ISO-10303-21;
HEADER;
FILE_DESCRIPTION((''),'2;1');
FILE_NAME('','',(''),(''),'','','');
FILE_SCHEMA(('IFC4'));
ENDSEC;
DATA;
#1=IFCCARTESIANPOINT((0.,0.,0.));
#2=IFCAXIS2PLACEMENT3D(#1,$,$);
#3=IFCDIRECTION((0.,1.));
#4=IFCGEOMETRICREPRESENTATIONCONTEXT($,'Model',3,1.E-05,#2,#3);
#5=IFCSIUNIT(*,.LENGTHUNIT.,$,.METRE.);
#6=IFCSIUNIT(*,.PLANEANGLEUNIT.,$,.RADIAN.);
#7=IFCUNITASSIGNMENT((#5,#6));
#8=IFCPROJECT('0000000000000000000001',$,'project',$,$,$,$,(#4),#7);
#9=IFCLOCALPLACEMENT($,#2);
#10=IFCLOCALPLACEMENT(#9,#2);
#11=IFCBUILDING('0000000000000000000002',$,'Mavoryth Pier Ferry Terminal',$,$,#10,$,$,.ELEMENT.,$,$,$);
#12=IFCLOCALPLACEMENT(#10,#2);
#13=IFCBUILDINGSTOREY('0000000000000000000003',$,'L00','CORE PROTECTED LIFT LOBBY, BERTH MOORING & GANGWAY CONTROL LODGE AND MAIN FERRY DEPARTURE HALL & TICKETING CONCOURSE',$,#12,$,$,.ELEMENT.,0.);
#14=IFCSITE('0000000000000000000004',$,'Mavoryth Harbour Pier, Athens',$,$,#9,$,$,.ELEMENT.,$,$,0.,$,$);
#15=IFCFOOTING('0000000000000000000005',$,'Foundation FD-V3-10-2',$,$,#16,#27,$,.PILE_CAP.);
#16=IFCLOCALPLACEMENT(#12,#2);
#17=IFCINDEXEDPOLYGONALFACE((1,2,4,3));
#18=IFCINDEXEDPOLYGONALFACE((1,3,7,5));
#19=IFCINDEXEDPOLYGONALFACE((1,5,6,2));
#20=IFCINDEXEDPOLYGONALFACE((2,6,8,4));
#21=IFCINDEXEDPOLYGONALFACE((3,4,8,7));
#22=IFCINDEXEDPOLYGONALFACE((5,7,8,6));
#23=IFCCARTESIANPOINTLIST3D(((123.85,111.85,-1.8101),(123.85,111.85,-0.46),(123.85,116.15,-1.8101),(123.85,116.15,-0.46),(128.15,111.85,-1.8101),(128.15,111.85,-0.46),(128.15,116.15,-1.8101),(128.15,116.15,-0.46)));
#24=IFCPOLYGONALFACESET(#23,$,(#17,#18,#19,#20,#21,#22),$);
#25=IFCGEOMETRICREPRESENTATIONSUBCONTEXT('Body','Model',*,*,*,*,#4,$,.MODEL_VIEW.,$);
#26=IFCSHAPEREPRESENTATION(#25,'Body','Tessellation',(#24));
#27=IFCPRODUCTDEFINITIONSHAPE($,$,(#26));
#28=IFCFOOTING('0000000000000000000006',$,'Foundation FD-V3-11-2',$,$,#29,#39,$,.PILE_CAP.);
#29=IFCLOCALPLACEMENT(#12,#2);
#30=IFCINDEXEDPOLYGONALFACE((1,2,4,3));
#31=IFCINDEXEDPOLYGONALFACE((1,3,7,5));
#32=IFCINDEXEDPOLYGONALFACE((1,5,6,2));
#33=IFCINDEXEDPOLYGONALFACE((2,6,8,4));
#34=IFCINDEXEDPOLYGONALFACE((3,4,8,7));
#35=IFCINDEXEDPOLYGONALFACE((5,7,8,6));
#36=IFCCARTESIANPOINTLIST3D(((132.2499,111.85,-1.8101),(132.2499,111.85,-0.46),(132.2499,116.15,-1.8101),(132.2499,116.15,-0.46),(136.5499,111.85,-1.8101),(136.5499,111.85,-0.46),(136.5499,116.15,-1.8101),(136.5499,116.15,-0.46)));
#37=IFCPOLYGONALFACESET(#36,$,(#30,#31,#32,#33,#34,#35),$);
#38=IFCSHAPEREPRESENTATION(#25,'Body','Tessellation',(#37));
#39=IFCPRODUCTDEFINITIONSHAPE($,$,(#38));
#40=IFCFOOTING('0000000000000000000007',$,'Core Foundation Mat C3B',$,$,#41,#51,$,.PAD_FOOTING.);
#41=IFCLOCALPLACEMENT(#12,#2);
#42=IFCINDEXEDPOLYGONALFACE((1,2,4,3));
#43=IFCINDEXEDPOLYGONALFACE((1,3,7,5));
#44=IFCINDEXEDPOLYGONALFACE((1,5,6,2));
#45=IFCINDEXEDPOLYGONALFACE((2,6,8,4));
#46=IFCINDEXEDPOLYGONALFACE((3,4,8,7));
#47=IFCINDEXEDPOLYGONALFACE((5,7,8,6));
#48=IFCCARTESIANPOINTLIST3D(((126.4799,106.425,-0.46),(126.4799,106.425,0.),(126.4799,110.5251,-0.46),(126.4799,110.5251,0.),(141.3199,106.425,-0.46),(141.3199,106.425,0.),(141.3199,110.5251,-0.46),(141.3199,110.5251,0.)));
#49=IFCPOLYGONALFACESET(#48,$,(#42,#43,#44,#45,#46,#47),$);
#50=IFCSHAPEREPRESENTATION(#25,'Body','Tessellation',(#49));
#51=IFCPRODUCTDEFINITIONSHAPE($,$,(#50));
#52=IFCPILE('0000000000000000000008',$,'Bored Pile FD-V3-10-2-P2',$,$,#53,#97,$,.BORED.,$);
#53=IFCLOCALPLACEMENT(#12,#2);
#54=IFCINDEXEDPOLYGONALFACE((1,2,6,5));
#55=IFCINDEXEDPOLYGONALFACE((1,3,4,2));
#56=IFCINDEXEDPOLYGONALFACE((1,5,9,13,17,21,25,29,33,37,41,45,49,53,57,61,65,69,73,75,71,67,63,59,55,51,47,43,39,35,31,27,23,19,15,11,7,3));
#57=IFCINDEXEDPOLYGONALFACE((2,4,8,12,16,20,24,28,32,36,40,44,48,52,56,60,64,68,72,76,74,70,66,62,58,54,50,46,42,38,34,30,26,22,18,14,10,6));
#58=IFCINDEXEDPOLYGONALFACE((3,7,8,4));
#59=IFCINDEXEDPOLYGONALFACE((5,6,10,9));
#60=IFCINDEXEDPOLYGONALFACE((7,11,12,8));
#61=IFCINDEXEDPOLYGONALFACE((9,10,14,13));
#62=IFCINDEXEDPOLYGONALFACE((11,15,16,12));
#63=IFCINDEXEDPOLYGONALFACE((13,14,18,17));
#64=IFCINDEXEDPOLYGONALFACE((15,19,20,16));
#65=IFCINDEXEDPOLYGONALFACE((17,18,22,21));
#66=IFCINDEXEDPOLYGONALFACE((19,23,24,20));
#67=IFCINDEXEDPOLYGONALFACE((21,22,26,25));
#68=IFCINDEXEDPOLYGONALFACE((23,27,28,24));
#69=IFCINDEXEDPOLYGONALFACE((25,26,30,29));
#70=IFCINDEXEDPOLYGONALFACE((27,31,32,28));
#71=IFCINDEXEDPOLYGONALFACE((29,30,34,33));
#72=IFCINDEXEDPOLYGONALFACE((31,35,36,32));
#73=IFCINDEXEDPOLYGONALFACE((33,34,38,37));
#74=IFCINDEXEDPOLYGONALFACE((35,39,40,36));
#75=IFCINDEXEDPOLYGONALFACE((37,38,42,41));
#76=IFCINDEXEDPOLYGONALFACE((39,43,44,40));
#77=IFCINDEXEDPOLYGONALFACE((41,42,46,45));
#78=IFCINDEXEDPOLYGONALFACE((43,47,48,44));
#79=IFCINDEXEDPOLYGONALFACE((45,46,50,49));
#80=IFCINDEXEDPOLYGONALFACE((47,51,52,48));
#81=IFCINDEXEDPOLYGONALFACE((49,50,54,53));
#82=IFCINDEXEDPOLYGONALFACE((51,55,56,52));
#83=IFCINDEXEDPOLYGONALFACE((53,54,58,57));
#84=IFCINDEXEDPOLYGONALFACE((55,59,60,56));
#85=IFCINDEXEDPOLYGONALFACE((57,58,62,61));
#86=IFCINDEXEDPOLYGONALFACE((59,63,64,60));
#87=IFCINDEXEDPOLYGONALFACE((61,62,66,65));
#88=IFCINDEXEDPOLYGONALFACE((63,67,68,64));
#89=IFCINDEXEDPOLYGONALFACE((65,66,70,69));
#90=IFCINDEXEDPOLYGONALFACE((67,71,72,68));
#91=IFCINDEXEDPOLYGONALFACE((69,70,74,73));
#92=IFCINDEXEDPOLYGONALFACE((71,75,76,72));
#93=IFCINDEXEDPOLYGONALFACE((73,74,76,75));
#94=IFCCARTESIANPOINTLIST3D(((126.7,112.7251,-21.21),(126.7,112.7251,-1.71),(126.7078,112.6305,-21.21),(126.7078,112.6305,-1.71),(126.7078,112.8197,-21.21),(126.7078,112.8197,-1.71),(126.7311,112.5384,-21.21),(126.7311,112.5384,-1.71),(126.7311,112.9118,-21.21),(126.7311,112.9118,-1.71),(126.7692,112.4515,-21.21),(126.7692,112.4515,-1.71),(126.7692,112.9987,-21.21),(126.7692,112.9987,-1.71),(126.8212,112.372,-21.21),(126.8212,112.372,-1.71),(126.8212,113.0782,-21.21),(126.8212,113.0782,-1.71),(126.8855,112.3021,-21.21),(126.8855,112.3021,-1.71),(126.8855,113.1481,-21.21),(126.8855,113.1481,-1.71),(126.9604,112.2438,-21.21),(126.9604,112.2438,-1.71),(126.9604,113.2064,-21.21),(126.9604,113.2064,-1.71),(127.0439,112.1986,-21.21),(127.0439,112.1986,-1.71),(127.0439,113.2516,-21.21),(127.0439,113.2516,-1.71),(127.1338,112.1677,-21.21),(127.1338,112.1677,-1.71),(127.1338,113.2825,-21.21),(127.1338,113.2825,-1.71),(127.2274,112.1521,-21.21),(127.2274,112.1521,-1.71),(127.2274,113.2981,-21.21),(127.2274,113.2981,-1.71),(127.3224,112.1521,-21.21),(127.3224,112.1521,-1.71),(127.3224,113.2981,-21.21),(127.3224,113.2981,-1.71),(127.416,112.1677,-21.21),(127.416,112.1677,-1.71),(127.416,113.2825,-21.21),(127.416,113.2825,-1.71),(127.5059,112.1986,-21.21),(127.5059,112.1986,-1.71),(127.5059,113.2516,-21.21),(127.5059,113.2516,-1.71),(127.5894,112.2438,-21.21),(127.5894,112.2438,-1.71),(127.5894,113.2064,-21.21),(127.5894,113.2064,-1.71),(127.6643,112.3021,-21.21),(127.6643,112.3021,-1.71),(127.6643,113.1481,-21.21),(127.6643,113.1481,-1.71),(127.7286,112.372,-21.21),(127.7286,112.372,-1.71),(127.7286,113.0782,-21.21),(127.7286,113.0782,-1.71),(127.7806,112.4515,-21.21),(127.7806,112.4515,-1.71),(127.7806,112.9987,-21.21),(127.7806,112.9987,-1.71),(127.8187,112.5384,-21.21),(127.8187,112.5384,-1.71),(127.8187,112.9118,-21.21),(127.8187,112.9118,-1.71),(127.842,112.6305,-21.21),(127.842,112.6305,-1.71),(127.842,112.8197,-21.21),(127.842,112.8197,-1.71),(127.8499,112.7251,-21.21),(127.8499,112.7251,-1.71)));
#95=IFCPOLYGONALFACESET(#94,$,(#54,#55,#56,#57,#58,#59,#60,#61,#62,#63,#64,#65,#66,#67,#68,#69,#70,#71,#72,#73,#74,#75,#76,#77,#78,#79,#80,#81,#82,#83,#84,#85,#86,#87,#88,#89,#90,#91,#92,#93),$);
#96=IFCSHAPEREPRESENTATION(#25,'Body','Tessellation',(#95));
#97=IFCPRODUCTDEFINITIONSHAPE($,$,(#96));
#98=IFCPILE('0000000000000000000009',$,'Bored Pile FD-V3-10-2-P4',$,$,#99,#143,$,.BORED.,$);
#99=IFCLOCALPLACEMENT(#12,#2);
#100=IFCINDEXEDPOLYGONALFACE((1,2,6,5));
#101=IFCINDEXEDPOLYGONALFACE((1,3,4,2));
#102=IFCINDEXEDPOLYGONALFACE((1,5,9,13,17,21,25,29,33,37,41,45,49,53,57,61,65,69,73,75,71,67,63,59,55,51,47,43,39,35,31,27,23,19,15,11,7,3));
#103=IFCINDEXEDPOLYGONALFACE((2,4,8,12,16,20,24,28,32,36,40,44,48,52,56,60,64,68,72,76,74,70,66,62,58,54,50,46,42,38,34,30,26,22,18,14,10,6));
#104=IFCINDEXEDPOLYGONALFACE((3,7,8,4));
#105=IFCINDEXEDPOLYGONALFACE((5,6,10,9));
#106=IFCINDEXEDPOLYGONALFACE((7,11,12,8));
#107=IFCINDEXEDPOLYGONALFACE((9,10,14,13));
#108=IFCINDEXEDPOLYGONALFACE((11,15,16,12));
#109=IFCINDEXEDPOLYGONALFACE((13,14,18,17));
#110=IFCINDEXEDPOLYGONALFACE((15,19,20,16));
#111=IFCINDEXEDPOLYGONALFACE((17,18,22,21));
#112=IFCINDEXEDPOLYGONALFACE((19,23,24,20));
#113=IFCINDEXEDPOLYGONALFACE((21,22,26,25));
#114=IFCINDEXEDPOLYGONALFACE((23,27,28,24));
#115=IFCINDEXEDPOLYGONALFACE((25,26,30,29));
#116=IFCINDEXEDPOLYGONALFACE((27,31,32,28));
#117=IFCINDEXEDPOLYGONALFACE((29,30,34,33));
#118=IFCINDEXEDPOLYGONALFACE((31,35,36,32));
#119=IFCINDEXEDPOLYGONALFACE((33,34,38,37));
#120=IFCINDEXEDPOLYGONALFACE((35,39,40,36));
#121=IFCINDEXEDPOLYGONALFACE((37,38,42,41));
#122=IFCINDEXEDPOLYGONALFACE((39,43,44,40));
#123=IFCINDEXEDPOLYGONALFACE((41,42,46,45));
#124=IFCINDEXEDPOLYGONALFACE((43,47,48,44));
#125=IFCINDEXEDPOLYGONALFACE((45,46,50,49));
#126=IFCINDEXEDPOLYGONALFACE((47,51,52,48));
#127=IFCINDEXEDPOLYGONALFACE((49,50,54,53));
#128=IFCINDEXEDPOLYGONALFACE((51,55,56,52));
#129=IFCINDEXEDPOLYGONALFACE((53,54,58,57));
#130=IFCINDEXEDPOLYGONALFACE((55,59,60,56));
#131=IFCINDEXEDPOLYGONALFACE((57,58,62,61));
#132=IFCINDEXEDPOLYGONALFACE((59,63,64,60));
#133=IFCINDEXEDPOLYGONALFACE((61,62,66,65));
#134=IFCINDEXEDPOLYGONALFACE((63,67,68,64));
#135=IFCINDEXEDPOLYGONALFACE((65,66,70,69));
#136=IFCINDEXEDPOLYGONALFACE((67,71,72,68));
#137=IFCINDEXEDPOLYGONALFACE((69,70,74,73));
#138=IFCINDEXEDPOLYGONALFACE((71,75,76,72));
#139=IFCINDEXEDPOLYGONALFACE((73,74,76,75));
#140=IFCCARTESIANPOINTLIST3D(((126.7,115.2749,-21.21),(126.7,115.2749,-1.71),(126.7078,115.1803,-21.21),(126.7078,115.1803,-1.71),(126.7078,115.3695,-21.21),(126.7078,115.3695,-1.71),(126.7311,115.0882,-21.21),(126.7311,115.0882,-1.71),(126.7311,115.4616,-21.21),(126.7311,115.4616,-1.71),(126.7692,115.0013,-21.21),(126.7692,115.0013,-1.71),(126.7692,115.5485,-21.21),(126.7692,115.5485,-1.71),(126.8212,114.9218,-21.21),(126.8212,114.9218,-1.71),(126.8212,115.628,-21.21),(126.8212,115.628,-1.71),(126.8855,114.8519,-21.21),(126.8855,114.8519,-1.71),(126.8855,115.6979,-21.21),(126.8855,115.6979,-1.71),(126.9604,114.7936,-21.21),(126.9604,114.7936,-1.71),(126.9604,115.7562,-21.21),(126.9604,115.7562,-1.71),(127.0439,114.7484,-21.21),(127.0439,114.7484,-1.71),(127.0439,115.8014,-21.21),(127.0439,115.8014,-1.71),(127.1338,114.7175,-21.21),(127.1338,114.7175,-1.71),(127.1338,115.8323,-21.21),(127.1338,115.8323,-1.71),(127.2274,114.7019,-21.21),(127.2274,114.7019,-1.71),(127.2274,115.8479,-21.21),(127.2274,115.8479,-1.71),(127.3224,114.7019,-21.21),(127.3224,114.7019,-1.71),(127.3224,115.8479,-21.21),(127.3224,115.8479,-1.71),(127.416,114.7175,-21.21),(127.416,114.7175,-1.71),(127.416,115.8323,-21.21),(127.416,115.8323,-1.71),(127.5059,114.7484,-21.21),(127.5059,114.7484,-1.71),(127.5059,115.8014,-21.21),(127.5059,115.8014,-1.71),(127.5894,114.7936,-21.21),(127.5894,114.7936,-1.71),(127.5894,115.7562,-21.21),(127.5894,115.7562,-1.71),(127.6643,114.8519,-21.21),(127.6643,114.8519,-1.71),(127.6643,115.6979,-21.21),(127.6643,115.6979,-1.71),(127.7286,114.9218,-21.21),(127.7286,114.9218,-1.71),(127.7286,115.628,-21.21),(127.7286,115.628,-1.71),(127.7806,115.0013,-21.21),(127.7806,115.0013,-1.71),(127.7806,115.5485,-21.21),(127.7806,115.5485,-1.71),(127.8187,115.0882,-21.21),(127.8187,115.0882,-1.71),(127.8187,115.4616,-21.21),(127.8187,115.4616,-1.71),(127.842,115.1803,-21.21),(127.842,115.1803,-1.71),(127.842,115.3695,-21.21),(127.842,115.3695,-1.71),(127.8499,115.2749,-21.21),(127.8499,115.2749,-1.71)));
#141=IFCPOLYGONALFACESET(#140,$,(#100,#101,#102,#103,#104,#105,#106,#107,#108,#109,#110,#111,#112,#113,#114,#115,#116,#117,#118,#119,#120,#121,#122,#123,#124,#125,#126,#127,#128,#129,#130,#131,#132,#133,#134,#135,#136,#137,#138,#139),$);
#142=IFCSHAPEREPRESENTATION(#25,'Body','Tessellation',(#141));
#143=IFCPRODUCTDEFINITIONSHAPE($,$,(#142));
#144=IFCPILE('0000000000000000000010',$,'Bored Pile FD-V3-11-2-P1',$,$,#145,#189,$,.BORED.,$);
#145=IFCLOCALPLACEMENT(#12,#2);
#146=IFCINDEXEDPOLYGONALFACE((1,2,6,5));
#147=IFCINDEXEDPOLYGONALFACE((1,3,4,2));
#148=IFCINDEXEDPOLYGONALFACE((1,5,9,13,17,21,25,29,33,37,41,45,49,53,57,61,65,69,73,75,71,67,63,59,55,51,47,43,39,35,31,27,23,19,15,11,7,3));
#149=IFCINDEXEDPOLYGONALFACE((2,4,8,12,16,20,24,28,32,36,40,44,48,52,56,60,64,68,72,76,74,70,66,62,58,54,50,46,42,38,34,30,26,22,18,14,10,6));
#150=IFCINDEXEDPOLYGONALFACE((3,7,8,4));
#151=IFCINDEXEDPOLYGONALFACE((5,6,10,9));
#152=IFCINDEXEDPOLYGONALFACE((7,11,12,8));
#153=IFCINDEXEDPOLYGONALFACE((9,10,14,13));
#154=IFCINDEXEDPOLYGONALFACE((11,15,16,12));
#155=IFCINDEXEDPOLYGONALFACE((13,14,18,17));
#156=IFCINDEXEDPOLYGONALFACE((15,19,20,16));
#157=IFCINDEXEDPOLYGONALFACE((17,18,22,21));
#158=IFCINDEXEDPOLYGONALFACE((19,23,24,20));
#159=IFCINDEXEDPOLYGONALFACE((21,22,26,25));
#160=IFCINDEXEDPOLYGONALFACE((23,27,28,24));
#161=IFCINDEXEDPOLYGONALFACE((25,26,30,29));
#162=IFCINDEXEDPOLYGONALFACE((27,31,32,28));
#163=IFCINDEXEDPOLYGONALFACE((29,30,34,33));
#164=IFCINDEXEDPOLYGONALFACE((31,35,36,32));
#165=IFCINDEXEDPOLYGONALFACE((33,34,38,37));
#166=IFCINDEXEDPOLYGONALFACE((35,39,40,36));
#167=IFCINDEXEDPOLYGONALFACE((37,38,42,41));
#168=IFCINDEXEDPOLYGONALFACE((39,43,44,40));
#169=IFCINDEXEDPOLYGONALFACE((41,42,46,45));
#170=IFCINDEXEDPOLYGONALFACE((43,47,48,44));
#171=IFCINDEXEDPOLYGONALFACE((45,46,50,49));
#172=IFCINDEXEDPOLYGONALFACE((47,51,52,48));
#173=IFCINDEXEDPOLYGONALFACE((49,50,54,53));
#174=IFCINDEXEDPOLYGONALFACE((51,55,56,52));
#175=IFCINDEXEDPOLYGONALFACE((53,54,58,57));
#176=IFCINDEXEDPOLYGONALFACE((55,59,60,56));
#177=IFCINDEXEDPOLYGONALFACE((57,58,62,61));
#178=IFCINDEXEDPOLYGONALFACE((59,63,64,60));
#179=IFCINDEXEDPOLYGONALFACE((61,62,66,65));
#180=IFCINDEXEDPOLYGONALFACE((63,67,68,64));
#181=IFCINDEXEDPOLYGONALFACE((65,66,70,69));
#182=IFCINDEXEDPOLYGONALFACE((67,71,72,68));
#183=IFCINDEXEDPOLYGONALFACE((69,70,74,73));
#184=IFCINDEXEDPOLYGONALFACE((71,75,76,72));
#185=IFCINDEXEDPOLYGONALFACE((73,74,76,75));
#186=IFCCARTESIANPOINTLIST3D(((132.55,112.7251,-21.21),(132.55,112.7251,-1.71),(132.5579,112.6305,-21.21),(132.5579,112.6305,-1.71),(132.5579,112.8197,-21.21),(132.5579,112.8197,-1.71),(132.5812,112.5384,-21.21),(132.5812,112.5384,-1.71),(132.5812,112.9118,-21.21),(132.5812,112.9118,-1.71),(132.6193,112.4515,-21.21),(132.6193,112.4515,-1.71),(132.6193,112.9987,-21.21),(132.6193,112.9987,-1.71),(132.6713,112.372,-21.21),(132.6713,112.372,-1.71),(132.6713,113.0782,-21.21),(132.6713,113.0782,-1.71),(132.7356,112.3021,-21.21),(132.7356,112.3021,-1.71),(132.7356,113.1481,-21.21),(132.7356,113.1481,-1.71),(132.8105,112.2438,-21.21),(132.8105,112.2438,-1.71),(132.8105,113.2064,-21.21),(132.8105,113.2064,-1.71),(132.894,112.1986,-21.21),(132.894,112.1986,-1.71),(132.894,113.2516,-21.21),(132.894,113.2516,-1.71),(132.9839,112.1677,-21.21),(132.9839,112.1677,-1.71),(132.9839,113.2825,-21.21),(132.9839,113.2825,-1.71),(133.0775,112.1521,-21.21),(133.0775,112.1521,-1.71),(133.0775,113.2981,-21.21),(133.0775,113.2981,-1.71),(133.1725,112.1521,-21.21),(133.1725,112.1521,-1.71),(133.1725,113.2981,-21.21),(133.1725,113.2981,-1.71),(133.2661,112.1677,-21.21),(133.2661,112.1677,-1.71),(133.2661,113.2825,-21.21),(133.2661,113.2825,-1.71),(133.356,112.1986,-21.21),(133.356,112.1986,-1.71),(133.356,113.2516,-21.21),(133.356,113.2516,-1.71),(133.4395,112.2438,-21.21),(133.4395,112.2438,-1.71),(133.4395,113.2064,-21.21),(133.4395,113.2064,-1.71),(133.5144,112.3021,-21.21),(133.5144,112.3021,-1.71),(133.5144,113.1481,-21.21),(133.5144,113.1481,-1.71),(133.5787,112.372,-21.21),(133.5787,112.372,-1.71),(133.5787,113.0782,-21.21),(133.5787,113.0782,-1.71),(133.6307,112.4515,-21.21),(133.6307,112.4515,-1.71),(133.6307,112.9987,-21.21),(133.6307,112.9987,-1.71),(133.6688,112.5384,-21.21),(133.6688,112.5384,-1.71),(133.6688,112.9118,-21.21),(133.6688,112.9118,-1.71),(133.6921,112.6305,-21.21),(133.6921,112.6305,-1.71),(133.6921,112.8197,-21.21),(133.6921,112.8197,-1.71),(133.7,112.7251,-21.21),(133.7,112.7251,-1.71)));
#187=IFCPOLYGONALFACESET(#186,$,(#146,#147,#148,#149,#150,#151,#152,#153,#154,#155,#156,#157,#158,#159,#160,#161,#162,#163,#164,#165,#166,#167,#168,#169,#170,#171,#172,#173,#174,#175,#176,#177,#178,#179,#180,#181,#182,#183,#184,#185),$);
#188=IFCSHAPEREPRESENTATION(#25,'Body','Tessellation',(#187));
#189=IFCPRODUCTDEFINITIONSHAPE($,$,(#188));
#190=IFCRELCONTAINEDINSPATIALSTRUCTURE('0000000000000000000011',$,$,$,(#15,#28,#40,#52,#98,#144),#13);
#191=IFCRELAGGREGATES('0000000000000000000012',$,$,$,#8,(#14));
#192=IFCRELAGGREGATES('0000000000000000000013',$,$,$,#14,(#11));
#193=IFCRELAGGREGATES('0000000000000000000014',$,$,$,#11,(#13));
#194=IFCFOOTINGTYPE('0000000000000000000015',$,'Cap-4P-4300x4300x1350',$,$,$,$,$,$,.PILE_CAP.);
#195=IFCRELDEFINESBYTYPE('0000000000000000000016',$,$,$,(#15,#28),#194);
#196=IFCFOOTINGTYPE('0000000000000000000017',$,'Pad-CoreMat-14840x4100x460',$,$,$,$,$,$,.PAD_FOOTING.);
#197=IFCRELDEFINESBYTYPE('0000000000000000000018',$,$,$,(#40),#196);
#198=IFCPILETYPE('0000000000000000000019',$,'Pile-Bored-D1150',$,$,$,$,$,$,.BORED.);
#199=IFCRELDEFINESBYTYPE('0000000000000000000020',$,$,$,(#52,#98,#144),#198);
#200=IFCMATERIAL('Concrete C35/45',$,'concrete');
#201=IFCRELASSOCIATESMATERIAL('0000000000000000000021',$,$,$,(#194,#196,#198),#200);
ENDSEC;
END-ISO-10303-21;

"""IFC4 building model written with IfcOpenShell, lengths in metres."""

from ifc_helpers import new_model, si_unit, direction, frame, origin, origin_2d, place, context, subcontext, project, spatial, rectangle, circle, extrude, material, material_profile, profile_set, type_object, element, save


model = new_model("IFC4")

# Units and contexts
model_context = context("Model", 3, precision=1e-05, world=origin(), true_north=direction((0.0, 1.0)))
body_context = subcontext(model_context, "Body", "Model", "MODEL_VIEW")
ifc_project = project(units=[si_unit("LENGTHUNIT", "METRE"), si_unit("PLANEANGLEUNIT", "RADIAN")], contexts=[model_context])

# Site, building, storey
site_placement = place(None, origin())
site = spatial("IfcSite", under=ifc_project, at=site_placement, Name="Mavoryth Harbour Pier, Athens", CompositionType="ELEMENT", RefElevation=0.0)
building_placement = place(site_placement, origin())
building = spatial("IfcBuilding", under=site, at=building_placement, Name="Mavoryth Pier Ferry Terminal", CompositionType="ELEMENT")
storey_placement = place(building_placement, origin())
storey = spatial("IfcBuildingStorey", under=building, at=storey_placement, Name="L00", Description="CORE PROTECTED LIFT LOBBY, BERTH MOORING & GANGWAY CONTROL LODGE AND MAIN FERRY DEPARTURE HALL & TICKETING CONCOURSE", CompositionType="ELEMENT", Elevation=0.0)

# Footings
ifc_material_1 = material(Name="Concrete C35/45", Category="concrete")
footing_type_1 = type_object("IfcFootingType", Name="Cap-4P-4300x4300x1350", PredefinedType="PILE_CAP", material=ifc_material_1)
for number, where, z_axis, x_axis, name in (
    (1, (126.0, 114.0, -1.8101), (0.0, 0.0, 1.0), (1.0, 0.0, 0.0), "Foundation FD-V3-10-2"),
    (2, (134.3999, 114.0, -1.8101), (0.0, 0.0, 1.0), (1.0, 0.0, 0.0), "Foundation FD-V3-11-2"),
):
    element("IfcFooting", number, at=place(storey_placement, frame(where, z_axis=z_axis, x_axis=x_axis)), inside=storey, type_object=footing_type_1, Name=name, PredefinedType="PILE_CAP", context=body_context, shape_type="SweptSolid", body=[
        extrude(rectangle(XDim=4.3, YDim=4.3, at=origin_2d()), origin(), (0.0, 0.0, 1.0), 1.3501),
    ])
footing_type_2 = type_object("IfcFootingType", Name="Pad-CoreMat-14840x4100x460", PredefinedType="PAD_FOOTING", material=ifc_material_1)
footing_1_placement = place(storey_placement, frame((133.8999, 108.4751, -0.46), z_axis=(0.0, 0.0, 1.0), x_axis=(1.0, 0.0, 0.0)))
element("IfcFooting", 3, at=footing_1_placement, inside=storey, type_object=footing_type_2, Name="Core Foundation Mat C3B", PredefinedType="PAD_FOOTING", context=body_context, shape_type="SweptSolid", body=[
    extrude(rectangle(XDim=14.8401, YDim=4.1001, at=origin_2d()), origin(), (0.0, 0.0, 1.0), 0.46),
])

# Piles
ifc_material_profile_1 = material_profile(ifc_material_1, circle(Radius=0.575, at=origin_2d()), Name="PILE D1150", Category="concrete")
ifc_profile_set_1 = profile_set([ifc_material_profile_1], Name="Concrete C35/45 - PILE D1150")
pile_type = type_object("IfcPileType", Name="Pile-Bored-D1150", PredefinedType="BORED", material=ifc_profile_set_1)
for number, where, z_axis, x_axis, name in (
    (4, (127.2749, 112.7251, -1.71), (0.0, 0.0, -1.0), (1.0, 0.0, 0.0), "Bored Pile FD-V3-10-2-P2"),
    (5, (127.2749, 115.2749, -1.71), (0.0, 0.0, -1.0), (1.0, 0.0, 0.0), "Bored Pile FD-V3-10-2-P4"),
    (6, (133.125, 112.7251, -1.71), (0.0, 0.0, -1.0), (1.0, 0.0, 0.0), "Bored Pile FD-V3-11-2-P1"),
):
    element("IfcPile", number, at=place(storey_placement, frame(where, z_axis=z_axis, x_axis=x_axis)), inside=storey, type_object=pile_type, Name=name, PredefinedType="BORED", context=body_context, shape_type="SweptSolid", body=[
        extrude(circle(Radius=0.575, at=origin_2d()), origin(), (0.0, 0.0, 1.0), 19.5),
    ])

save(model, "model.ifc")
